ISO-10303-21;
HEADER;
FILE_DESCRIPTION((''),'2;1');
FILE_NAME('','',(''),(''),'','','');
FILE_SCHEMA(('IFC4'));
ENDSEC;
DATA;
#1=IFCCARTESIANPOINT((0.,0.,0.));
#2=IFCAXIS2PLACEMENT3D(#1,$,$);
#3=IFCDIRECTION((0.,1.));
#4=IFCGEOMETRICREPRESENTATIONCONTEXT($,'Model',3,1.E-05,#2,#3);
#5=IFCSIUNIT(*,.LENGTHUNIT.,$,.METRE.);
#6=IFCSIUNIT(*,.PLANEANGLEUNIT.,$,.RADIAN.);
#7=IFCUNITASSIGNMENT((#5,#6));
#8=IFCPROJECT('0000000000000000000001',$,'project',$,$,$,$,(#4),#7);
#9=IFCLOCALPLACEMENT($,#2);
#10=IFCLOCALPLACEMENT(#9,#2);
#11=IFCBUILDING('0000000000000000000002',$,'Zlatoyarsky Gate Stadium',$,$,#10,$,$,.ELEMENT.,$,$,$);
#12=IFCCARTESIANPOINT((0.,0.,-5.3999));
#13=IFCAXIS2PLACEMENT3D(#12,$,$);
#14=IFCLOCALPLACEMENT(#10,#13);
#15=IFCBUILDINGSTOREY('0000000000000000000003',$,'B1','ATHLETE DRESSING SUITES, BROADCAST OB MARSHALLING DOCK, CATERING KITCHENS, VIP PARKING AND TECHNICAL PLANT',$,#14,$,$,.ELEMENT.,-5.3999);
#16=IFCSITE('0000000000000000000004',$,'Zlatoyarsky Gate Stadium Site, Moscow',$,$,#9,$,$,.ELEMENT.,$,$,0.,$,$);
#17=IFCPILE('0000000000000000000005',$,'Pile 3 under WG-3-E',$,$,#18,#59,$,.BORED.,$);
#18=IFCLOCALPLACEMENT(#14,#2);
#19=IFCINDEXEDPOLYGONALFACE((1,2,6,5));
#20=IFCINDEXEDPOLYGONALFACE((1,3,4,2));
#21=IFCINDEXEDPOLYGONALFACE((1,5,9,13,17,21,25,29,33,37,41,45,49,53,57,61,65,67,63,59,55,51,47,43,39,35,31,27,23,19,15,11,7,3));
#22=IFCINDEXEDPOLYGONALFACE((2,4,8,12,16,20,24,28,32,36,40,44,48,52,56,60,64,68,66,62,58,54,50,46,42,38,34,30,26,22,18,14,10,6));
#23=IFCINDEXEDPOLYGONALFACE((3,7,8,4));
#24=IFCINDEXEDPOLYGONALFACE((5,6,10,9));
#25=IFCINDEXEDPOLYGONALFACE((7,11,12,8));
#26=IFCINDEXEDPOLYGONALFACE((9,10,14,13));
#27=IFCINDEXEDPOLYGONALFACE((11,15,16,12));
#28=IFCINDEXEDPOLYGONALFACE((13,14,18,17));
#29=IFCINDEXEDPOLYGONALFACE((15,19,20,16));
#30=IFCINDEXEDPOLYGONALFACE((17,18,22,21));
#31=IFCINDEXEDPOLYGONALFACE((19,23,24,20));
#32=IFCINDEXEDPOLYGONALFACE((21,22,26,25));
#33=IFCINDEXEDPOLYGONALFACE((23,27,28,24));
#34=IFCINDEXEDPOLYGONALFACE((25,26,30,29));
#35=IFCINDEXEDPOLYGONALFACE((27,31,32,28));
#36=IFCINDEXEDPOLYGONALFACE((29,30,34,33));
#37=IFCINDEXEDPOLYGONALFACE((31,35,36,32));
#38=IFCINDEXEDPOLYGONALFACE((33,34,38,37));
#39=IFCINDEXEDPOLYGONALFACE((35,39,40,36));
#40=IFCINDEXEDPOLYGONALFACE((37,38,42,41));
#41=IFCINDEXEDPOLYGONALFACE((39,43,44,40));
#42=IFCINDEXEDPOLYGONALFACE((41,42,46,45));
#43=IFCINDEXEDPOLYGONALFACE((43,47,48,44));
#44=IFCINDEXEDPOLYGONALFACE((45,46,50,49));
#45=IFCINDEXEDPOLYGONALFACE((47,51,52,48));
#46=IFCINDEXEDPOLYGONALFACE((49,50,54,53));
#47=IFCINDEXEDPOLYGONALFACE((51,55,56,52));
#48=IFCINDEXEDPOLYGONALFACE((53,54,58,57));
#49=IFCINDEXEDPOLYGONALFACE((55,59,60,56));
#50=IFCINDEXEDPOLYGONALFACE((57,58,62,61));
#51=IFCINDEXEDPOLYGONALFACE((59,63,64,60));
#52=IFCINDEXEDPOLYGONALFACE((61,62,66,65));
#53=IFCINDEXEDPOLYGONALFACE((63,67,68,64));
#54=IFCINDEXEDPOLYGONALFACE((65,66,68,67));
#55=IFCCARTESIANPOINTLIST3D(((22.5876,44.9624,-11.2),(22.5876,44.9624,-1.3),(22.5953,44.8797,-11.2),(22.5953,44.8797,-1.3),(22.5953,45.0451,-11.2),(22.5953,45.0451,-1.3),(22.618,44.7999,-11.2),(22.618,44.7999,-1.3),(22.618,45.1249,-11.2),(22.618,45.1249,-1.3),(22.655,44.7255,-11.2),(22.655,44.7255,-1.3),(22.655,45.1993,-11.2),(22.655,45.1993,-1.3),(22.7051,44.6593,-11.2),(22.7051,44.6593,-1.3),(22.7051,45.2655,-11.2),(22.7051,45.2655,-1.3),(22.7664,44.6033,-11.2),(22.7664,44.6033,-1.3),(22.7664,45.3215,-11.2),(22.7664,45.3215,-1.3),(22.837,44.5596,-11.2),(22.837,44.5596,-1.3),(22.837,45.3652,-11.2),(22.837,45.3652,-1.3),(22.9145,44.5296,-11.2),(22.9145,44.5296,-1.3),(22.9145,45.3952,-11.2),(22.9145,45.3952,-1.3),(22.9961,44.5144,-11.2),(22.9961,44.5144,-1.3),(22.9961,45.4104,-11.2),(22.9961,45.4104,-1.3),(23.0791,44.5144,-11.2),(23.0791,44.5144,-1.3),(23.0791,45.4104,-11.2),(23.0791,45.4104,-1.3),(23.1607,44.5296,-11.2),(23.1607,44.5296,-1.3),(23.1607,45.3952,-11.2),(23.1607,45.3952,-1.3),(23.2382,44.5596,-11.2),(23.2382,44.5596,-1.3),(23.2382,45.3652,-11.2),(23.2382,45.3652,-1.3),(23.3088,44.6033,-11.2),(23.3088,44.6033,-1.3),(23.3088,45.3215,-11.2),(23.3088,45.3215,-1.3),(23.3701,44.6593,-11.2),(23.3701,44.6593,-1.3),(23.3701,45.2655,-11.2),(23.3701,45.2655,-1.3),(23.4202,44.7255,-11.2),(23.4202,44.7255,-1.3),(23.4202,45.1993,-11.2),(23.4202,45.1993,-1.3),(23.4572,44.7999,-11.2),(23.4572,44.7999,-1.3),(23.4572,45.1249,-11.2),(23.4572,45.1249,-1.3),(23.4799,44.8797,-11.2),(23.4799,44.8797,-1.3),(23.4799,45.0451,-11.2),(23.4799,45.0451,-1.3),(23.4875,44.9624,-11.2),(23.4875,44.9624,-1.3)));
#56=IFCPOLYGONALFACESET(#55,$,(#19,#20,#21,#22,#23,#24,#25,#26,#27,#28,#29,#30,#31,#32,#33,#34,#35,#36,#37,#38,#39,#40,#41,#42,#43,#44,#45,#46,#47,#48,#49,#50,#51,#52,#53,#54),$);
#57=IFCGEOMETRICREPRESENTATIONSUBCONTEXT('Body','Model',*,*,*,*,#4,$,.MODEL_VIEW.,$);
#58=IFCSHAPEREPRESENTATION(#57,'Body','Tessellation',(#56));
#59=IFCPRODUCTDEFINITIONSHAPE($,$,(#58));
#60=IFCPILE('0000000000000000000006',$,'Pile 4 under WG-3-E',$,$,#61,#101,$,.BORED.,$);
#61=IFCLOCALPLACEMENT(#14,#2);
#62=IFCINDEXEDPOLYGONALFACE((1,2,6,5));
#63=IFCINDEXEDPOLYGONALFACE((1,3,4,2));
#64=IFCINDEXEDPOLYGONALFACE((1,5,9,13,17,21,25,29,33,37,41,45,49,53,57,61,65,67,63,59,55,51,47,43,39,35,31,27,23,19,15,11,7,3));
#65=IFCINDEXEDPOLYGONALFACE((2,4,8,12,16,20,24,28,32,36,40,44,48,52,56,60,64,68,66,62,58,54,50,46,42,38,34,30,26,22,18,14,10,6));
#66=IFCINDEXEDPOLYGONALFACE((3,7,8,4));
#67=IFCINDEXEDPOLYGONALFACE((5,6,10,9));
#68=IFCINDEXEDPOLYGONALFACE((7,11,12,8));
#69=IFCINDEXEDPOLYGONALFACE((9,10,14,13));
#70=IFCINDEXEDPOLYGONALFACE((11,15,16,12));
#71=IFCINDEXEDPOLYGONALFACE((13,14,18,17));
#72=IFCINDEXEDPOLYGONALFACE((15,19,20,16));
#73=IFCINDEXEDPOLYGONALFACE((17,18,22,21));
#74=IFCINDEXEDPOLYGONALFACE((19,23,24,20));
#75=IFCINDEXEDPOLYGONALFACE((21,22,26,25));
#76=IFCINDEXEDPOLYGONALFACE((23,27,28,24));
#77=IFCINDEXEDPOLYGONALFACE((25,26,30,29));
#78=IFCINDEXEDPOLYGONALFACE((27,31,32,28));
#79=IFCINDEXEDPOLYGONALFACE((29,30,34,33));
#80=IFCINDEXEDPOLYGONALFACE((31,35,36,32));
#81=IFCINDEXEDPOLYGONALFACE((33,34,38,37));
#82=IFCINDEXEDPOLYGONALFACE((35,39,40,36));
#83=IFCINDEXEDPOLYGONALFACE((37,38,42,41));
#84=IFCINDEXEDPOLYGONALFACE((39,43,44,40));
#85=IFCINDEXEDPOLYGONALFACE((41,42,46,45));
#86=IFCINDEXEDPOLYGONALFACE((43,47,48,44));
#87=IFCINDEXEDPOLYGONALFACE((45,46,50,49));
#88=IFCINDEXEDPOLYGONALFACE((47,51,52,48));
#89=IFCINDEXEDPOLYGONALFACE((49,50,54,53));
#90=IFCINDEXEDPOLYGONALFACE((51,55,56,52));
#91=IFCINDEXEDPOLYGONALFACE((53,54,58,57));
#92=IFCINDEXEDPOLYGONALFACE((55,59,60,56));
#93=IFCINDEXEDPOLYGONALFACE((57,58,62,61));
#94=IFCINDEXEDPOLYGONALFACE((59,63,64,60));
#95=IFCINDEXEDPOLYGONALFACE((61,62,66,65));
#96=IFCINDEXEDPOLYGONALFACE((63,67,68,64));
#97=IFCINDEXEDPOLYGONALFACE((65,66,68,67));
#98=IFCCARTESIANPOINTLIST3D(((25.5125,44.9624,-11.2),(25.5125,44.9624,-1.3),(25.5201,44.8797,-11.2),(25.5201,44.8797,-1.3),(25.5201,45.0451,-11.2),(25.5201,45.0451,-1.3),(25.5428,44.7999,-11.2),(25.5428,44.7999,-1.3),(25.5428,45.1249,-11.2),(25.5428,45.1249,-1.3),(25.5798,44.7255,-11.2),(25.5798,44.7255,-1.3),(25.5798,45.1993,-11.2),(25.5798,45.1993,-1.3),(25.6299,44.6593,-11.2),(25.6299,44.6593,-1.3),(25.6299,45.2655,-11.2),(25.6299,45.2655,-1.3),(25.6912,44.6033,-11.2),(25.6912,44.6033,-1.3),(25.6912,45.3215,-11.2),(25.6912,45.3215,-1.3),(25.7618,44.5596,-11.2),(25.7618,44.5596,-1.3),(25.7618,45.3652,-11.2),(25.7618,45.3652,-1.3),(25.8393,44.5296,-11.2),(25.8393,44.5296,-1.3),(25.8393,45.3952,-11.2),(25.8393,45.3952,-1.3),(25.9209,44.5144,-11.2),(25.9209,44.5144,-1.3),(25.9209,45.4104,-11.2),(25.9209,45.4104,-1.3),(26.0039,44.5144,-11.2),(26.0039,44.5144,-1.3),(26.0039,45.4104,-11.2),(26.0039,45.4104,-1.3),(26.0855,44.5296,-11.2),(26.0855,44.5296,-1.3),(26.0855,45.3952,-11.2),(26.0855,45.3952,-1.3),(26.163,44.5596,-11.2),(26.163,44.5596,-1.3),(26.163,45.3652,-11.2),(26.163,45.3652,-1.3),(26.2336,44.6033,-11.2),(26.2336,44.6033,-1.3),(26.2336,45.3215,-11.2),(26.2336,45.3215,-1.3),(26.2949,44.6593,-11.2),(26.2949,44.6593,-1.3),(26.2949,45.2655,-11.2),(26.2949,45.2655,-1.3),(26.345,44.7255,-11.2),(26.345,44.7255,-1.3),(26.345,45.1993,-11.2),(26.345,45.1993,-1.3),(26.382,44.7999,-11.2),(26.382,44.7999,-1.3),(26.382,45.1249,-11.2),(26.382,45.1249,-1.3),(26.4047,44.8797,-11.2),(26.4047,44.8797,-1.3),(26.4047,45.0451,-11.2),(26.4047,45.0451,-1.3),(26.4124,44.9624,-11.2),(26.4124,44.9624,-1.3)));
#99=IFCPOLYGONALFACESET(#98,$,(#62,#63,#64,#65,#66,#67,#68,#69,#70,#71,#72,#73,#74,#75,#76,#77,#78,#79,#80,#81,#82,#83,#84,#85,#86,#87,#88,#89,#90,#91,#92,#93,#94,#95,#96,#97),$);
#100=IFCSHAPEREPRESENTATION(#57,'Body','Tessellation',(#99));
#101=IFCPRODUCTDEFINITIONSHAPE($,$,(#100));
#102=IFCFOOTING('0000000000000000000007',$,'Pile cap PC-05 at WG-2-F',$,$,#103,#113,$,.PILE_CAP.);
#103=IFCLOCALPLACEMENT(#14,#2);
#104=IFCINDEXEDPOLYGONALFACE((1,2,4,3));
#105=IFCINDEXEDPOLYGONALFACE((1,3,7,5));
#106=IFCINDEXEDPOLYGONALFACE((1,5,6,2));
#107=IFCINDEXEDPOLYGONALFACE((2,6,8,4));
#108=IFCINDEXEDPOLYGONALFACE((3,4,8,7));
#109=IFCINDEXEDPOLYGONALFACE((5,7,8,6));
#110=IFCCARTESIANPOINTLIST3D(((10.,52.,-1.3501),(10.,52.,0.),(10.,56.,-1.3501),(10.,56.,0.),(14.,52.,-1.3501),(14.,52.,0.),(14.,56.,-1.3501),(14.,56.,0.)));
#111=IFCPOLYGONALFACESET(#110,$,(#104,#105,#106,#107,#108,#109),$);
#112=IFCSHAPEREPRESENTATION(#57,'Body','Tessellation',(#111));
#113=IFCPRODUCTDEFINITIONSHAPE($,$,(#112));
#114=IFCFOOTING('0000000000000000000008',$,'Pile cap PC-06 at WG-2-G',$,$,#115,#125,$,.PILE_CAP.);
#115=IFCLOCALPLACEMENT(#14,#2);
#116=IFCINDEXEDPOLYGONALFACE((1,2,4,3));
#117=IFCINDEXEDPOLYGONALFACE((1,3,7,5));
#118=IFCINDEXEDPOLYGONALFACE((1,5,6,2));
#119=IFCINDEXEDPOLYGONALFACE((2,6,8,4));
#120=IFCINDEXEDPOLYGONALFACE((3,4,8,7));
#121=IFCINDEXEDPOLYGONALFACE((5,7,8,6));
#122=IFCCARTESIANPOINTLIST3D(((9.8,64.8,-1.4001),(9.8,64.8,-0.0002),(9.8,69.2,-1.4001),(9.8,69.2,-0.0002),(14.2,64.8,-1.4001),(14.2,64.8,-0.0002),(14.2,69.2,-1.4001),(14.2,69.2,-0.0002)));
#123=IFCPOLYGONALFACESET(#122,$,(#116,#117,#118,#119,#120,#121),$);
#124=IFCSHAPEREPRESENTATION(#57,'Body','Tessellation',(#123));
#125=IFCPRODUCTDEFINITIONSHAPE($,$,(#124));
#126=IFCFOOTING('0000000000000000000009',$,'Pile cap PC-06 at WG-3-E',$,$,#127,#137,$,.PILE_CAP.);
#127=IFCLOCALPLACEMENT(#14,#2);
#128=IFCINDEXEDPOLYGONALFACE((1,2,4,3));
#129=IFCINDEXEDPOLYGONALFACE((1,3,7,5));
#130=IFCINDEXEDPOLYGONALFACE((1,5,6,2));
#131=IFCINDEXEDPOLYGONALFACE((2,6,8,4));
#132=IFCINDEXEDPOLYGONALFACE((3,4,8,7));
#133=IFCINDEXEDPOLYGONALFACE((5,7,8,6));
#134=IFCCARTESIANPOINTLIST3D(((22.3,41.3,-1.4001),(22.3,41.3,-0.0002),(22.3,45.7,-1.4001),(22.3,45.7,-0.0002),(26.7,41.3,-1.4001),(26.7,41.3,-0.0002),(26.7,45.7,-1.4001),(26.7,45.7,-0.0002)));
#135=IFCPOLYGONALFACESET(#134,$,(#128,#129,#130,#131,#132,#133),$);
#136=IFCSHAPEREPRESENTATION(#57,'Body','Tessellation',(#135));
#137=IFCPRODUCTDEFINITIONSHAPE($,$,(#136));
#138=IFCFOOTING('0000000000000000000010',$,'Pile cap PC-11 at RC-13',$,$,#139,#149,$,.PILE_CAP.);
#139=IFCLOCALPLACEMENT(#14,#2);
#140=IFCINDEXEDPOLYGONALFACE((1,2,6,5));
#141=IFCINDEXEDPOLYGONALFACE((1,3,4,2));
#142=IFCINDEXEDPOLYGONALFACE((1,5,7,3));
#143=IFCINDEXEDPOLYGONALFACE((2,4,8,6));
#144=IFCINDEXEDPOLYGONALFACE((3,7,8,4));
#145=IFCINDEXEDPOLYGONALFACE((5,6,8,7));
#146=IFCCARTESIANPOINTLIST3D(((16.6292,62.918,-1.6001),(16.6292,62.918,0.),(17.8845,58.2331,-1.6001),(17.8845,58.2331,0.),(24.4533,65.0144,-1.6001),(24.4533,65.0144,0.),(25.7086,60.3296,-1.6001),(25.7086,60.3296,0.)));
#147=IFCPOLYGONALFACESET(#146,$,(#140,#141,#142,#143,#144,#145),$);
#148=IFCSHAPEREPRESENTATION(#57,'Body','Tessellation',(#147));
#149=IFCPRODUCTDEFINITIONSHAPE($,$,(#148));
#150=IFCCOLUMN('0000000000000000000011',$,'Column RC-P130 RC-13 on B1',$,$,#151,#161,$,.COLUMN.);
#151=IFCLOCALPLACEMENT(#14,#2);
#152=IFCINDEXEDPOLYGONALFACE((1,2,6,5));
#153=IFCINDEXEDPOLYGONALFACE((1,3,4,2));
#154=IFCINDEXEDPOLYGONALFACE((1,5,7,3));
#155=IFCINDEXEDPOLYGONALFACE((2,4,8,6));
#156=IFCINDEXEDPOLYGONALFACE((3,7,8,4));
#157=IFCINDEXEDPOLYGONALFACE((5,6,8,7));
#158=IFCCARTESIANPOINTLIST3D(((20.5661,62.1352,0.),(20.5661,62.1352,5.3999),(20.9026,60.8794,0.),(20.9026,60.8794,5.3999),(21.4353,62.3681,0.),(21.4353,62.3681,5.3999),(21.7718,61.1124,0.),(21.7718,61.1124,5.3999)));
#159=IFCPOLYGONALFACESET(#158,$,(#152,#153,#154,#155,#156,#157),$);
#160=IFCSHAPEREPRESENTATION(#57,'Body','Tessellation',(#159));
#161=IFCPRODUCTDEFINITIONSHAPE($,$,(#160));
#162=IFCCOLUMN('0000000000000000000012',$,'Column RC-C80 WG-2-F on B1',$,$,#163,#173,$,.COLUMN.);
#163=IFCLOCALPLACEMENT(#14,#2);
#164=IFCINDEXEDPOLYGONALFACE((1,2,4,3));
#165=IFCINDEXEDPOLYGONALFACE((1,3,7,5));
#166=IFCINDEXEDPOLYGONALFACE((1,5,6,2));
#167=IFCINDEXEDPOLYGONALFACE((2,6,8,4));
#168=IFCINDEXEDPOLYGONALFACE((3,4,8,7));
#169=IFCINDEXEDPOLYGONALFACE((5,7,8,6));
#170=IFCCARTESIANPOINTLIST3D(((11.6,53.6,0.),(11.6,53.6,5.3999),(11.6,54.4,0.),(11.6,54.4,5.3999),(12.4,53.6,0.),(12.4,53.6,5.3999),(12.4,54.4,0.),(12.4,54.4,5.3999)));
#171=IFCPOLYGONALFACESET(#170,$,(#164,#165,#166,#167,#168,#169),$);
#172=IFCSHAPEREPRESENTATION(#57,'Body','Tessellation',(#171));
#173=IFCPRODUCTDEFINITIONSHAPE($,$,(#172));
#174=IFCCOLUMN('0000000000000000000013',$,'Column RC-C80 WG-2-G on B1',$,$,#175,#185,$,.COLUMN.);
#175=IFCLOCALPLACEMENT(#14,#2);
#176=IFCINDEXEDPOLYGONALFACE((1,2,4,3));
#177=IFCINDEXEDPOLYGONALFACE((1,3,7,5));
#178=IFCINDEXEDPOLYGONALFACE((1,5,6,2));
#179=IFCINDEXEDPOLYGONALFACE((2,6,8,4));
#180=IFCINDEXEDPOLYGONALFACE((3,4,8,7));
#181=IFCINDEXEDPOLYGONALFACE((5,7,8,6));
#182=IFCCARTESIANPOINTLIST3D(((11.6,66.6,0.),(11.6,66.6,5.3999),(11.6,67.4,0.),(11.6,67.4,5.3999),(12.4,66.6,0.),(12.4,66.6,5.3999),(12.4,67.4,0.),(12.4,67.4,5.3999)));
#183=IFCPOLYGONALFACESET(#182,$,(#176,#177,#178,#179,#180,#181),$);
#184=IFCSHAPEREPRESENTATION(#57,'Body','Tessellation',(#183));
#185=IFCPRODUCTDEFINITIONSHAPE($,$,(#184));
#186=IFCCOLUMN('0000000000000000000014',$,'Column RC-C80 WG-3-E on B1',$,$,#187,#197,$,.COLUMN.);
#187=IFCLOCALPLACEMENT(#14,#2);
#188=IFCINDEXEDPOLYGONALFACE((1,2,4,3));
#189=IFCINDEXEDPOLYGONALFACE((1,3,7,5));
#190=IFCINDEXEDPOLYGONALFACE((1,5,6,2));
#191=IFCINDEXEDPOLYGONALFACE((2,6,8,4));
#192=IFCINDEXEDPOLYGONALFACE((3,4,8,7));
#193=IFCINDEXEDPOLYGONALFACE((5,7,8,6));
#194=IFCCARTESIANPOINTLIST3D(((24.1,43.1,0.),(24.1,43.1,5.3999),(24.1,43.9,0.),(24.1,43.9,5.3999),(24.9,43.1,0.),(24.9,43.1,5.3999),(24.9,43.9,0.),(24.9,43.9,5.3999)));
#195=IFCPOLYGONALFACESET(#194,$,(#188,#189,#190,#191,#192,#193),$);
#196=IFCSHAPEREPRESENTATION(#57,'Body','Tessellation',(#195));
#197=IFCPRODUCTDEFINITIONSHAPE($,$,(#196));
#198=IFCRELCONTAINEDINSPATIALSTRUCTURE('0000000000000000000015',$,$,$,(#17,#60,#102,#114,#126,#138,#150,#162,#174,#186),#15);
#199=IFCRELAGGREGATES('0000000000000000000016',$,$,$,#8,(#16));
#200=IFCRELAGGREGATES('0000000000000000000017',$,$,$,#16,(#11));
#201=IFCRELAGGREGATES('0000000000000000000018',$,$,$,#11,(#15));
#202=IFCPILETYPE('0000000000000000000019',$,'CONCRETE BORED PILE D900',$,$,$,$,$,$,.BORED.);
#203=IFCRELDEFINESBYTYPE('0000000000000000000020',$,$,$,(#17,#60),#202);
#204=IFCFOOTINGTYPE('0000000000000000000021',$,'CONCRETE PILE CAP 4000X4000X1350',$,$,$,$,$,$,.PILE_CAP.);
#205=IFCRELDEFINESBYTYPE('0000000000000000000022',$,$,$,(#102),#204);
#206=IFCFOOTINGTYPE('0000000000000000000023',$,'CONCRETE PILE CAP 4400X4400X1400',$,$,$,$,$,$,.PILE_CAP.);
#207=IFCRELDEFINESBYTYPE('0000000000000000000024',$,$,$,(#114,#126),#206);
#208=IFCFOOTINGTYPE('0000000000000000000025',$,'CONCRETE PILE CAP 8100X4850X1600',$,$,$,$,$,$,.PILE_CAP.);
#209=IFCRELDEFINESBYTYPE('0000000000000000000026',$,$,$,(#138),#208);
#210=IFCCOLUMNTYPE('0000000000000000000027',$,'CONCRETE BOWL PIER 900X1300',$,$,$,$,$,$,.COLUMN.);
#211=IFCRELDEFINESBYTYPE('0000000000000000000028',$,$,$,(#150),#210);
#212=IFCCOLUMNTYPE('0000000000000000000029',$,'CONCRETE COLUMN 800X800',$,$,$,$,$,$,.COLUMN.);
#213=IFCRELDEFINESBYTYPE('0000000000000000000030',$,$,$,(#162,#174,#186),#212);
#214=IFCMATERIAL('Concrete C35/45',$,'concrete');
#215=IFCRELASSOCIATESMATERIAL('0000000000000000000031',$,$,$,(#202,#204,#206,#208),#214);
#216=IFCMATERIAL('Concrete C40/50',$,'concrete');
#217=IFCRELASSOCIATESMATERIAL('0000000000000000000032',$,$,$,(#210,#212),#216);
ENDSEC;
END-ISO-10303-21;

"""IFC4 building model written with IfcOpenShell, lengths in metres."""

from ifc_helpers import new_model, si_unit, direction, frame, origin, origin_2d, place, context, subcontext, project, spatial, rectangle, circle, extrude, material, material_profile, profile_set, type_object, element, save


model = new_model("IFC4")

# Units and contexts
model_context = context("Model", 3, precision=1e-05, world=origin(), true_north=direction((0.0, 1.0)))
body_context = subcontext(model_context, "Body", "Model", "MODEL_VIEW")
ifc_project = project(units=[si_unit("LENGTHUNIT", "METRE"), si_unit("PLANEANGLEUNIT", "RADIAN")], contexts=[model_context])

# Site, building, storey
site_placement = place(None, origin())
site = spatial("IfcSite", under=ifc_project, at=site_placement, Name="Zlatoyarsky Gate Stadium Site, Moscow", CompositionType="ELEMENT", RefElevation=0.0)
building_placement = place(site_placement, origin())
building = spatial("IfcBuilding", under=site, at=building_placement, Name="Zlatoyarsky Gate Stadium", CompositionType="ELEMENT")
storey_placement = place(building_placement, frame((0.0, 0.0, -5.3999)))
storey = spatial("IfcBuildingStorey", under=building, at=storey_placement, Name="B1", Description="ATHLETE DRESSING SUITES, BROADCAST OB MARSHALLING DOCK, CATERING KITCHENS, VIP PARKING AND TECHNICAL PLANT", CompositionType="ELEMENT", Elevation=-5.3999)

# Piles
ifc_material_1 = material(Name="Concrete C35/45", Category="concrete")
ifc_material_profile_1 = material_profile(ifc_material_1, circle(Radius=0.45, at=origin_2d()), Name="BORED PILE D900")
ifc_profile_set_1 = profile_set([ifc_material_profile_1], Name="Concrete C35/45")
pile_type_1 = type_object("IfcPileType", Name="CONCRETE BORED PILE D900", PredefinedType="BORED", material=ifc_profile_set_1)
for number, where, z_axis, x_axis, name in (
    (1, (23.0376, 44.9624, -1.3), (0.0, 0.0, -1.0), (1.0, 0.0, 0.0), "Pile 3 under WG-3-E"),
    (2, (25.9624, 44.9624, -1.3), (0.0, 0.0, -1.0), (1.0, 0.0, 0.0), "Pile 4 under WG-3-E"),
):
    element("IfcPile", number, at=place(storey_placement, frame(where, z_axis=z_axis, x_axis=x_axis)), inside=storey, type_object=pile_type_1, Name=name, PredefinedType="BORED", context=body_context, shape_type="SweptSolid", body=[
        extrude(circle(Radius=0.45, at=origin_2d()), origin(), (0.0, 0.0, 1.0), 9.8999),
    ])

# Footings
footing_type_1 = type_object("IfcFootingType", Name="CONCRETE PILE CAP 4000X4000X1350", PredefinedType="PILE_CAP", material=ifc_material_1)
footing_1_placement = place(storey_placement, frame((12.0, 54.0, -1.3501), z_axis=(0.0, 0.0, 1.0), x_axis=(1.0, 0.0, 0.0)))
element("IfcFooting", 3, at=footing_1_placement, inside=storey, type_object=footing_type_1, Name="Pile cap PC-05 at WG-2-F", PredefinedType="PILE_CAP", context=body_context, shape_type="SweptSolid", body=[
    extrude(rectangle(XDim=4.0, YDim=4.0, at=origin_2d()), origin(), (0.0, 0.0, 1.0), 1.3501),
])
footing_type_2 = type_object("IfcFootingType", Name="CONCRETE PILE CAP 4400X4400X1400", PredefinedType="PILE_CAP", material=ifc_material_1)
for number, where, z_axis, x_axis, name in (
    (4, (12.0, 67.0, -1.4001), (0.0, 0.0, 1.0), (1.0, 0.0, 0.0), "Pile cap PC-06 at WG-2-G"),
    (5, (24.5, 43.5, -1.4001), (0.0, 0.0, 1.0), (1.0, 0.0, 0.0), "Pile cap PC-06 at WG-3-E"),
):
    element("IfcFooting", number, at=place(storey_placement, frame(where, z_axis=z_axis, x_axis=x_axis)), inside=storey, type_object=footing_type_2, Name=name, PredefinedType="PILE_CAP", context=body_context, shape_type="SweptSolid", body=[
        extrude(rectangle(XDim=4.3999, YDim=4.3999, at=origin_2d()), origin(), (0.0, 0.0, 1.0), 1.3999),
    ])
footing_type_3 = type_object("IfcFootingType", Name="CONCRETE PILE CAP 8100X4850X1600", PredefinedType="PILE_CAP", material=ifc_material_1)
footing_2_placement = place(storey_placement, frame((21.1689, 61.6238, -1.6001), z_axis=(0.0, 0.0, 1.0), x_axis=(-0.965926, -0.258819, 0.0)))
element("IfcFooting", 6, at=footing_2_placement, inside=storey, type_object=footing_type_3, Name="Pile cap PC-11 at RC-13", PredefinedType="PILE_CAP", context=body_context, shape_type="SweptSolid", body=[
    extrude(rectangle(XDim=8.1001, YDim=4.8501, at=origin_2d()), origin(), (0.0, 0.0, 1.0), 1.6001),
])

# Columns
ifc_material_2 = material(Name="Concrete C40/50", Category="concrete")
ifc_material_profile_2 = material_profile(ifc_material_2, rectangle(XDim=0.8999, YDim=1.3, at=origin_2d()), Name="RC PIER 900X1300")
ifc_profile_set_2 = profile_set([ifc_material_profile_2], Name="Concrete C40/50")
column_type_1 = type_object("IfcColumnType", Name="CONCRETE BOWL PIER 900X1300", PredefinedType="COLUMN", material=ifc_profile_set_2)
column_placement = place(storey_placement, frame((21.1689, 61.6238, 0.0), z_axis=(0.0, 0.0, 1.0), x_axis=(-0.965926, -0.258819, 0.0)))
element("IfcColumn", 7, at=column_placement, inside=storey, type_object=column_type_1, Name="Column RC-P130 RC-13 on B1", PredefinedType="COLUMN", context=body_context, shape_type="SweptSolid", body=[
    extrude(rectangle(XDim=0.8999, YDim=1.3, at=origin_2d()), origin(), (0.0, 0.0, 1.0), 5.3999),
])
ifc_material_profile_3 = material_profile(ifc_material_2, rectangle(XDim=0.8, YDim=0.8, at=origin_2d()), Name="RC COL 800X800")
ifc_profile_set_3 = profile_set([ifc_material_profile_3], Name="Concrete C40/50")
column_type_2 = type_object("IfcColumnType", Name="CONCRETE COLUMN 800X800", PredefinedType="COLUMN", material=ifc_profile_set_3)
for number, where, z_axis, x_axis, name in (
    (8, (12.0, 54.0, 0.0), (0.0, 0.0, 1.0), (1.0, 0.0, 0.0), "Column RC-C80 WG-2-F on B1"),
    (9, (12.0, 67.0, 0.0), (0.0, 0.0, 1.0), (1.0, 0.0, 0.0), "Column RC-C80 WG-2-G on B1"),
    (10, (24.5, 43.5, 0.0), (0.0, 0.0, 1.0), (1.0, 0.0, 0.0), "Column RC-C80 WG-3-E on B1"),
):
    element("IfcColumn", number, at=place(storey_placement, frame(where, z_axis=z_axis, x_axis=x_axis)), inside=storey, type_object=column_type_2, Name=name, PredefinedType="COLUMN", context=body_context, shape_type="SweptSolid", body=[
        extrude(rectangle(XDim=0.8, YDim=0.8, at=origin_2d()), origin(), (0.0, 0.0, 1.0), 5.3999),
    ])

save(model, "model.ifc")
